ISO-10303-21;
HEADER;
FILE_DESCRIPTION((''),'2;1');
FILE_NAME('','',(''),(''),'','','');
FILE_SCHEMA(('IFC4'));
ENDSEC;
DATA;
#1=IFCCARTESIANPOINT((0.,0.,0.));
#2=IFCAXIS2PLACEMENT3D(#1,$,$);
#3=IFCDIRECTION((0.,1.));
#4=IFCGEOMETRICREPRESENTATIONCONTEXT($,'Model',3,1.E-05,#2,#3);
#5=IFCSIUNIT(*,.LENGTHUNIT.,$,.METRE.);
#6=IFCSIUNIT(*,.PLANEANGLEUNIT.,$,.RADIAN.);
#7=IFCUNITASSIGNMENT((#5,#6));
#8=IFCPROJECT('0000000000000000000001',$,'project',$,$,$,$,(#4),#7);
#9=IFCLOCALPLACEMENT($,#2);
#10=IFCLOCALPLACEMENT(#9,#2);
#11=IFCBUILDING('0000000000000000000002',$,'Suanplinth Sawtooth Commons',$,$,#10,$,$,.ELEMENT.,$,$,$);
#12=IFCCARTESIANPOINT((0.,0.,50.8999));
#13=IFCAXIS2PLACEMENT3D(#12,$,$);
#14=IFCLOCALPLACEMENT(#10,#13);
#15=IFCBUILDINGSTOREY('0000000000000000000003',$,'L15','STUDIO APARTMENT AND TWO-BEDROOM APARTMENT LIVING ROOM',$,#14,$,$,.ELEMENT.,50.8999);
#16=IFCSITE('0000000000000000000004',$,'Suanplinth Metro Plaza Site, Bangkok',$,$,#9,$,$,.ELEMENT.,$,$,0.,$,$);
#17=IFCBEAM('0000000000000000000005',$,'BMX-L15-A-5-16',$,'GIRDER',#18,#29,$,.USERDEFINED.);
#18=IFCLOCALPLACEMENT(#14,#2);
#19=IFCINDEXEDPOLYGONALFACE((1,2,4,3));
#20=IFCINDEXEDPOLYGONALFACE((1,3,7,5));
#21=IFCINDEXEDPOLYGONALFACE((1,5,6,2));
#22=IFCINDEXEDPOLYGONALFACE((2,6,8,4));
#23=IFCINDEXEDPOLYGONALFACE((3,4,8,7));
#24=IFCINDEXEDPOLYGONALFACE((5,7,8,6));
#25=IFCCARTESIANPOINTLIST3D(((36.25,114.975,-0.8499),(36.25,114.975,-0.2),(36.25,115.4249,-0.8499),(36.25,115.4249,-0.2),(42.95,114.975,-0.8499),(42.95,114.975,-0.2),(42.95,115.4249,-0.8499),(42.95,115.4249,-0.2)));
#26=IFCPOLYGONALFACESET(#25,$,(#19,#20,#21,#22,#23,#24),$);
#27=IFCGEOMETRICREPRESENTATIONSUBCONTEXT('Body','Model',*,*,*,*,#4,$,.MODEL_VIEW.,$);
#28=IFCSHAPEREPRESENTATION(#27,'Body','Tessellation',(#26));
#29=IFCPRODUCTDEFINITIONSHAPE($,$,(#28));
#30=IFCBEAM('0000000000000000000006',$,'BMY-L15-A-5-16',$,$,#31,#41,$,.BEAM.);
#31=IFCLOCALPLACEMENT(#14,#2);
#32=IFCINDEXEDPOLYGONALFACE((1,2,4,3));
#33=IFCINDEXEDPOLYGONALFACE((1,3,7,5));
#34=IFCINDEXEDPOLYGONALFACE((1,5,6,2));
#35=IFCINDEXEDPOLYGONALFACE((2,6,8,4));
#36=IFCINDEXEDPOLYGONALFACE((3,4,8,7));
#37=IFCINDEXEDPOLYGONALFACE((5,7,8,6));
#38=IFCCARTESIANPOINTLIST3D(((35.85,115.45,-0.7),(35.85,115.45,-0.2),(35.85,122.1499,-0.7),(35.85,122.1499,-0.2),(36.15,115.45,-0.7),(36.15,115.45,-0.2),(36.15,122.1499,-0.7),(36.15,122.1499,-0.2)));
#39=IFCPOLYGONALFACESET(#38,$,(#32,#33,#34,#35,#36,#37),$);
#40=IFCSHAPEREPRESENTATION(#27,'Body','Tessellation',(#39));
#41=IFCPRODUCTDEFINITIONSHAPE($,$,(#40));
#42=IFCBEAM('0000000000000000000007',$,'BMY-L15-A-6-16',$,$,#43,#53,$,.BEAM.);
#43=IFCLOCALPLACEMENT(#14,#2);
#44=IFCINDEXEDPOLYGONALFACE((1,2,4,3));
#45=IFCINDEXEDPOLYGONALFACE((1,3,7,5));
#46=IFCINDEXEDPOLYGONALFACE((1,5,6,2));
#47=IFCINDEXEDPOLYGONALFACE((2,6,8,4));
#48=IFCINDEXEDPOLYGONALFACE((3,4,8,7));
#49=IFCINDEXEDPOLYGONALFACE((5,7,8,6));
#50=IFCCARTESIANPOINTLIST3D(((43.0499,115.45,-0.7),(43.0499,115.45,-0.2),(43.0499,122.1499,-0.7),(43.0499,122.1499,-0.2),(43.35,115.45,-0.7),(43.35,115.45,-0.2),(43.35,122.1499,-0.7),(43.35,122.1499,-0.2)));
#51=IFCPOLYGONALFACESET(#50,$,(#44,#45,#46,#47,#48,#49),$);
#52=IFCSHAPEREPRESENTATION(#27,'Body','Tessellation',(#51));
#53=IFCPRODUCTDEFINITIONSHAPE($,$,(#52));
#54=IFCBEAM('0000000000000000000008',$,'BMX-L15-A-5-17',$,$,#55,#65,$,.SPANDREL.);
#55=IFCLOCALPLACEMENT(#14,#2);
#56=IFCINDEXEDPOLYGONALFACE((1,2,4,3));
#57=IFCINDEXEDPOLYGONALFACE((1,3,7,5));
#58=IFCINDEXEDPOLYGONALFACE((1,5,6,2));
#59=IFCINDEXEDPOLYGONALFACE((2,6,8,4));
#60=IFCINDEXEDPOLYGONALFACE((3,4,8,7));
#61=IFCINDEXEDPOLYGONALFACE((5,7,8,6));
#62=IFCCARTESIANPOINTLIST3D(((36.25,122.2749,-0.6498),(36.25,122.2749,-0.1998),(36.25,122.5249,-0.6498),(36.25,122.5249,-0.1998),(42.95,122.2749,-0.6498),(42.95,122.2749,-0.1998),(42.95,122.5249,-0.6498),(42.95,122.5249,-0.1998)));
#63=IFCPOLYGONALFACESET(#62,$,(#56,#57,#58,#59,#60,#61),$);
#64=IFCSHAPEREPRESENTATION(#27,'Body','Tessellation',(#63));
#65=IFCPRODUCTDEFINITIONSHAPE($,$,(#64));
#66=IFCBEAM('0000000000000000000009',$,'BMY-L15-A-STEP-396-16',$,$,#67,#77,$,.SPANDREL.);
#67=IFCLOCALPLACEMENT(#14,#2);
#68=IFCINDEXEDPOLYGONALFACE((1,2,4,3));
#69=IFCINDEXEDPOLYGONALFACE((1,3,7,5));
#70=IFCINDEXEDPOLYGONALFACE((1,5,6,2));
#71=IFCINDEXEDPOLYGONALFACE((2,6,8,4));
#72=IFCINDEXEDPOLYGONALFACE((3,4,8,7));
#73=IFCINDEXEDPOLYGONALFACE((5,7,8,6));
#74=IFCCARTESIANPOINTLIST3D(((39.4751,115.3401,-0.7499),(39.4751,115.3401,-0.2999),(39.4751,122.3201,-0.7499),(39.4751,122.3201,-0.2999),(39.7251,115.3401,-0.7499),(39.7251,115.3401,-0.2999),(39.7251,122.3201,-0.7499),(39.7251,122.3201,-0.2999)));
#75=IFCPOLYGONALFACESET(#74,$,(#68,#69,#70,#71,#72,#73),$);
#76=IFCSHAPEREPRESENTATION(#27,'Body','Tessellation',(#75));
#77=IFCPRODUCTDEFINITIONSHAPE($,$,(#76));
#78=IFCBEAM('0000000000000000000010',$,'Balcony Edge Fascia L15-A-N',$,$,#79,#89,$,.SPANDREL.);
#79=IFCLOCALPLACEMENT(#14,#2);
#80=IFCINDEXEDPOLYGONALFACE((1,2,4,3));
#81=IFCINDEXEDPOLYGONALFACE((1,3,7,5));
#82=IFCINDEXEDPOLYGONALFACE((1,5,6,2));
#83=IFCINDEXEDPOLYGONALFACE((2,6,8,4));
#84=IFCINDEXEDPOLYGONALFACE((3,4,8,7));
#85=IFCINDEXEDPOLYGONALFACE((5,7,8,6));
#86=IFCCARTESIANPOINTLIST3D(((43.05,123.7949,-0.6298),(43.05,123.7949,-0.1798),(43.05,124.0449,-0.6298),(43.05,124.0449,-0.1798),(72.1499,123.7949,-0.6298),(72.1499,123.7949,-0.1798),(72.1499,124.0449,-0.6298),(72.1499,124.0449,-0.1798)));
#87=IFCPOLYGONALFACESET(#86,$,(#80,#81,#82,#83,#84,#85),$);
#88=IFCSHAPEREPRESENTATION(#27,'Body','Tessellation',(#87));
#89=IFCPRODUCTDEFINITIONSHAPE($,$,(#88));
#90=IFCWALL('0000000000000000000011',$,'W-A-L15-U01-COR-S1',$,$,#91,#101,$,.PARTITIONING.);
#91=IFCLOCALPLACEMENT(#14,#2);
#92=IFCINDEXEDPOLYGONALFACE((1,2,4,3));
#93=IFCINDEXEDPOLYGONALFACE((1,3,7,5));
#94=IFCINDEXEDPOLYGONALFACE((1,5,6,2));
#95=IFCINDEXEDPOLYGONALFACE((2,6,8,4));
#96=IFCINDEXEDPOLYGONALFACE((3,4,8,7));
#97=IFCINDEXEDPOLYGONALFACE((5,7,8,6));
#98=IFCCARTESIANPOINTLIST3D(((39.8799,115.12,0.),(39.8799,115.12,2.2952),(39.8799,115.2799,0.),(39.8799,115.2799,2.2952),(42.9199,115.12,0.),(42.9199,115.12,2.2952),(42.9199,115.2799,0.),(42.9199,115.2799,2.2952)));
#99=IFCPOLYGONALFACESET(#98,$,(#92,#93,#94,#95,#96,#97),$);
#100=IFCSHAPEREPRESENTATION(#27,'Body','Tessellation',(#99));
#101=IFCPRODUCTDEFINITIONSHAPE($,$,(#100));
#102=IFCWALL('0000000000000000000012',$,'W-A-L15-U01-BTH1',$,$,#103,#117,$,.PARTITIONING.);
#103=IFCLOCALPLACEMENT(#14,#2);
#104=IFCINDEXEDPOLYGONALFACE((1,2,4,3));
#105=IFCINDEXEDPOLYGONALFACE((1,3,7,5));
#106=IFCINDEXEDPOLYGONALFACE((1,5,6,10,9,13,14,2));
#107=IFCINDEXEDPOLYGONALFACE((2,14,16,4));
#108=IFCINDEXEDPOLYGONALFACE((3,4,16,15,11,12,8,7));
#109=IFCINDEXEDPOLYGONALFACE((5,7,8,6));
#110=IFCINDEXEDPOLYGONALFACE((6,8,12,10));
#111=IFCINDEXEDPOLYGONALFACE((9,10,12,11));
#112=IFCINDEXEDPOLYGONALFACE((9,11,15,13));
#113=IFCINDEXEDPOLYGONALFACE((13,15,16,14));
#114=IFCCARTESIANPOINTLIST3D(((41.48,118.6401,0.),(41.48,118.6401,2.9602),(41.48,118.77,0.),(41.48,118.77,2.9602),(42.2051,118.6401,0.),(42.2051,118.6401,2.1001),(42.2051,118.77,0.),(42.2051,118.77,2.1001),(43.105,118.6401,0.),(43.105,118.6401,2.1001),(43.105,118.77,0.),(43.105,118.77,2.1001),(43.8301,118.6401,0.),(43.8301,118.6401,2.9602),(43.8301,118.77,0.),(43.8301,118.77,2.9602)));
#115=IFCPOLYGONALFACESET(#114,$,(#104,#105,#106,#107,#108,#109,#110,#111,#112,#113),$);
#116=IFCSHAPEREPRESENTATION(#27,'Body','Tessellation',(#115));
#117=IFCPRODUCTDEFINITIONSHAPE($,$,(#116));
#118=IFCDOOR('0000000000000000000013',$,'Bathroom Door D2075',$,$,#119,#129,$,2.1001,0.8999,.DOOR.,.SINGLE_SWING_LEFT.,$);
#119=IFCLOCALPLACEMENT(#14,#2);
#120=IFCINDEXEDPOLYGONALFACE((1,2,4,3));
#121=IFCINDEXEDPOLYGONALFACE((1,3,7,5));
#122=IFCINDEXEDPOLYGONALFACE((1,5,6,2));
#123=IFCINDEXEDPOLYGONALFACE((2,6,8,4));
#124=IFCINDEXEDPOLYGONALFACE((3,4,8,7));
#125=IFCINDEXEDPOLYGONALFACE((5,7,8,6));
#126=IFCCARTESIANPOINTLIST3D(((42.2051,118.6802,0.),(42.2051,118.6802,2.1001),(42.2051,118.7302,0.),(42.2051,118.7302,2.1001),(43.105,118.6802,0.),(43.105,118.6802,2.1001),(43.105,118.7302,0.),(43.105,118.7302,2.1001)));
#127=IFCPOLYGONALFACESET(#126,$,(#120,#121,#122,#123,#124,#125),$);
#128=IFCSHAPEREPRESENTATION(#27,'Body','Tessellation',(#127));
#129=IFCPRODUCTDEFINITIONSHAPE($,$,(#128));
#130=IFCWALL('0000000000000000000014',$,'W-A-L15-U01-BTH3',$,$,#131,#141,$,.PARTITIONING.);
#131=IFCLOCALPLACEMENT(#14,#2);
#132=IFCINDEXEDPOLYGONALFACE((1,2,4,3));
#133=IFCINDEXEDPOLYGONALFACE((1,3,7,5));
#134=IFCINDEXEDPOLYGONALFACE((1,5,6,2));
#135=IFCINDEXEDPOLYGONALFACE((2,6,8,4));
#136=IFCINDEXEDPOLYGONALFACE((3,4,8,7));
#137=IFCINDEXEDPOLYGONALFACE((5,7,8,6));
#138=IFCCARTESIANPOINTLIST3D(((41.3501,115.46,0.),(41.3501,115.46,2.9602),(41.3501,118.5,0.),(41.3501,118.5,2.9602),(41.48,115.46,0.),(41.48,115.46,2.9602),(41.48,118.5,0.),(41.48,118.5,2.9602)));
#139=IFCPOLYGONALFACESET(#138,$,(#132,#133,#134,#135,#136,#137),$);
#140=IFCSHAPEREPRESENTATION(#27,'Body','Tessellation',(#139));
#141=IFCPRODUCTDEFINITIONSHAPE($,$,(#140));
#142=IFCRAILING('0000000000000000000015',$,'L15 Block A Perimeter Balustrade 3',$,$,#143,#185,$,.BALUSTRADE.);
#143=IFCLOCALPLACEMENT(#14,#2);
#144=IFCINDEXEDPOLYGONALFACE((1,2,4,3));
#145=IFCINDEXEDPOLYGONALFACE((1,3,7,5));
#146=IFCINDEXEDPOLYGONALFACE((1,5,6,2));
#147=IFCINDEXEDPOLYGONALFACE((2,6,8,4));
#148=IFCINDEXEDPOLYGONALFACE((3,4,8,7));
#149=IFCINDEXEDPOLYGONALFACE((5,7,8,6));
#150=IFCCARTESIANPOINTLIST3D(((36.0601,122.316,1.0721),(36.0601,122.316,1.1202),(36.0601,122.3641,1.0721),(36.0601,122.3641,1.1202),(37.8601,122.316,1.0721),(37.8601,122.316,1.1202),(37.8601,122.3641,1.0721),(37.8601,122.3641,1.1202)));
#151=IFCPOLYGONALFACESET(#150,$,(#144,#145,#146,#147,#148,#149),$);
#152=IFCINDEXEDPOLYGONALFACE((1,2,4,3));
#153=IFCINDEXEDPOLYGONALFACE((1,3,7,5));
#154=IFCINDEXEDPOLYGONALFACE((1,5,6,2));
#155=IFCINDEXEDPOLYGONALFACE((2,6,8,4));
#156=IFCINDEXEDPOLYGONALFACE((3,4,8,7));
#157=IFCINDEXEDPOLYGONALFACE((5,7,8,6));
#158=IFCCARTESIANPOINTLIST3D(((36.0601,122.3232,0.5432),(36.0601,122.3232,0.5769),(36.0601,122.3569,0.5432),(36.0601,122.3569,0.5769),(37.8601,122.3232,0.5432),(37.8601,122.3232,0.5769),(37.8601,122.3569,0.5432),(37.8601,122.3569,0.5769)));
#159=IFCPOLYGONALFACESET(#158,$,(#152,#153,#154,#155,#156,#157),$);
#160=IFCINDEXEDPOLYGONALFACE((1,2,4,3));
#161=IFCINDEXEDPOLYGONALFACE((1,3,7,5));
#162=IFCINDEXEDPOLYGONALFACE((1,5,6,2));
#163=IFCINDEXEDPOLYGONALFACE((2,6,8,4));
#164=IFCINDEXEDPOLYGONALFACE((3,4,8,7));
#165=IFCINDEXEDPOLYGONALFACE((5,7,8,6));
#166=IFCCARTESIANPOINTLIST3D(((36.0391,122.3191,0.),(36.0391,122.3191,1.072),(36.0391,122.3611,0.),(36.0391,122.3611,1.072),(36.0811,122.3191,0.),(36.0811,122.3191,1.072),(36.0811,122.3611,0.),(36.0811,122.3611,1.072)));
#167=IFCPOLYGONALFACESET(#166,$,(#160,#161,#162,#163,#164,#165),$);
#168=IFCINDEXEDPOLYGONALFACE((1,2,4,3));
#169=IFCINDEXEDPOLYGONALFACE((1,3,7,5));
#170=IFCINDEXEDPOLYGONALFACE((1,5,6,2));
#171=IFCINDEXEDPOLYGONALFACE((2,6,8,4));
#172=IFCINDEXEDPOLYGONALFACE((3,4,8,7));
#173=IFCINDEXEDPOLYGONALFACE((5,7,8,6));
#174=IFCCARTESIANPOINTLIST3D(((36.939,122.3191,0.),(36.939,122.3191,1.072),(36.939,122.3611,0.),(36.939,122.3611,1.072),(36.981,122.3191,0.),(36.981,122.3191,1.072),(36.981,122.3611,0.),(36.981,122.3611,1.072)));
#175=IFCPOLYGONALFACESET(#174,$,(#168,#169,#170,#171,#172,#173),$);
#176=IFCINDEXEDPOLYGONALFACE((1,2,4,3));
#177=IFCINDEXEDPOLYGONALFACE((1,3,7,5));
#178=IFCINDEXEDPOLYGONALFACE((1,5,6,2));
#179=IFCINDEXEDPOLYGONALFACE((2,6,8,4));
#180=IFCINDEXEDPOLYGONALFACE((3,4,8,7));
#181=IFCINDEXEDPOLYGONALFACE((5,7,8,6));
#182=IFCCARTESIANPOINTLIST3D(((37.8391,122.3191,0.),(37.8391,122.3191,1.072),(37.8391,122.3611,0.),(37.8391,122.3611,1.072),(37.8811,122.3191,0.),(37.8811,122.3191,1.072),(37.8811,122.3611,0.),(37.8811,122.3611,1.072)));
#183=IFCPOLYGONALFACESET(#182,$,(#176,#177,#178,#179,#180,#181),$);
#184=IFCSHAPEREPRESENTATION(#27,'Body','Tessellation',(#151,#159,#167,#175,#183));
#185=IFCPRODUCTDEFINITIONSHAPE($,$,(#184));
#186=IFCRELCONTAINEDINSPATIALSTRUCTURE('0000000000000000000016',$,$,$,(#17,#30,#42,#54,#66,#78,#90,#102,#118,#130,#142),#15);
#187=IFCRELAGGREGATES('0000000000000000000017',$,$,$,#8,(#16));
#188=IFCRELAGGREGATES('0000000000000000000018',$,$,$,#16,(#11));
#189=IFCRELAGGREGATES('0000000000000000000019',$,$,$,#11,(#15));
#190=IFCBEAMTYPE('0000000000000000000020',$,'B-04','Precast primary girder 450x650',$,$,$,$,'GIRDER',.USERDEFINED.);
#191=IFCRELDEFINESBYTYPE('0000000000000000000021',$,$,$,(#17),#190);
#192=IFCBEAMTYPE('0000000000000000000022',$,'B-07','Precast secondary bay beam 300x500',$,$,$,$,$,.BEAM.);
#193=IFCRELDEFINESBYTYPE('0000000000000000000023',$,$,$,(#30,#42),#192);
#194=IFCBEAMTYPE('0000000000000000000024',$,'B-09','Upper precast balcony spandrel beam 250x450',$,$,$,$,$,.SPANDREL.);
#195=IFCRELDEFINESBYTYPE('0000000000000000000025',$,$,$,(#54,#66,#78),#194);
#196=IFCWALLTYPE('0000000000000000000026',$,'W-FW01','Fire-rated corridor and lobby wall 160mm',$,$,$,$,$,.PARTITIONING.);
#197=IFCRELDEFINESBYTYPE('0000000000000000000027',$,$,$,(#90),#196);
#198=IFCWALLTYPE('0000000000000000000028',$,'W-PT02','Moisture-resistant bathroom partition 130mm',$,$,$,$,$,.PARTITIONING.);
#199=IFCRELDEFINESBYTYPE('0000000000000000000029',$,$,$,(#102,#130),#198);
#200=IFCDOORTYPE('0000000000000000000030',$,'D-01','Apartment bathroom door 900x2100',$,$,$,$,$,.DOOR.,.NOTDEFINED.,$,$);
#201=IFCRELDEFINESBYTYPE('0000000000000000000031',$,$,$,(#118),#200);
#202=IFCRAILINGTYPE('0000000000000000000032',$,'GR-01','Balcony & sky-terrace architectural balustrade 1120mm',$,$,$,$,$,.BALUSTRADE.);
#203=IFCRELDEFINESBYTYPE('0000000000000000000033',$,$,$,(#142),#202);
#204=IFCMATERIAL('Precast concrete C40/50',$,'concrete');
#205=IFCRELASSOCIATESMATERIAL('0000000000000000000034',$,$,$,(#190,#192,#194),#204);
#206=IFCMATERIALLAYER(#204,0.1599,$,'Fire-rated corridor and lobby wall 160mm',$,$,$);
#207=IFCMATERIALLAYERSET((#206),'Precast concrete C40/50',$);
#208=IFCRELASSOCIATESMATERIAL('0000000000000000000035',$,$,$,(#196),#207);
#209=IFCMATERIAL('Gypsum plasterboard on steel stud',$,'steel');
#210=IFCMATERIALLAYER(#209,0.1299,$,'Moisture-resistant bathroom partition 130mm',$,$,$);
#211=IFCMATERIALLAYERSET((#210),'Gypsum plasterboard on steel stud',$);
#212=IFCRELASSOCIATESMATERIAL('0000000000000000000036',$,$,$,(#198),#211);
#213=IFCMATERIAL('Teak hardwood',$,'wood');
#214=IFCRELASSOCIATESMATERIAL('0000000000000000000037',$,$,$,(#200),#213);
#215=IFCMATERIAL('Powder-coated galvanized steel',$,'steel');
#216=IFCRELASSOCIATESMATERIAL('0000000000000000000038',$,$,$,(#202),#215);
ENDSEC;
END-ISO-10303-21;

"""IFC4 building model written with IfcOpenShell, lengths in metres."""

from ifc_helpers import new_model, si_unit, direction, frame, frame_2d, origin, origin_2d, place, context, subcontext, project, spatial, rectangle, extrude, material, layer, layer_set, material_profile, profile_set, type_object, element, fill, save


model = new_model("IFC4")

# Units and contexts
model_context = context("Model", 3, precision=1e-05, world=origin(), true_north=direction((0.0, 1.0)))
body_context = subcontext(model_context, "Body", "Model", "MODEL_VIEW")
ifc_project = project(units=[si_unit("LENGTHUNIT", "METRE"), si_unit("PLANEANGLEUNIT", "RADIAN")], contexts=[model_context])

# Site, building, storey
site_placement = place(None, origin())
site = spatial("IfcSite", under=ifc_project, at=site_placement, Name="Suanplinth Metro Plaza Site, Bangkok", CompositionType="ELEMENT", RefElevation=0.0)
building_placement = place(site_placement, origin())
building = spatial("IfcBuilding", under=site, at=building_placement, Name="Suanplinth Sawtooth Commons", CompositionType="ELEMENT")
storey_placement = place(building_placement, frame((0.0, 0.0, 50.8999)))
storey = spatial("IfcBuildingStorey", under=building, at=storey_placement, Name="L15", Description="STUDIO APARTMENT AND TWO-BEDROOM APARTMENT LIVING ROOM", CompositionType="ELEMENT", Elevation=50.8999)

# Beams
ifc_material_1 = material(Name="Precast concrete C40/50", Category="concrete")
ifc_material_profile_1 = material_profile(ifc_material_1, rectangle(XDim=0.45, YDim=0.6499, at=origin_2d()), Name="PC-GDR 450x650")
ifc_profile_set_1 = profile_set([ifc_material_profile_1], Name="Precast concrete C40/50")
beam_type_1 = type_object("IfcBeamType", Name="B-04", Description="Precast primary girder 450x650", ElementType="GIRDER", PredefinedType="USERDEFINED", material=ifc_profile_set_1)
beam_1_placement = place(storey_placement, frame((36.25, 115.2, -0.5249), z_axis=(1.0, 0.0, 0.0), x_axis=(0.0, 1.0, 0.0)))
element("IfcBeam", 1, at=beam_1_placement, inside=storey, type_object=beam_type_1, Name="BMX-L15-A-5-16", ObjectType="GIRDER", PredefinedType="USERDEFINED", context=body_context, shape_type="SweptSolid", body=[
    extrude(rectangle(XDim=0.45, YDim=0.6499, at=origin_2d()), origin(), (0.0, 0.0, 1.0), 6.7),
])
ifc_material_profile_2 = material_profile(ifc_material_1, rectangle(XDim=0.3, YDim=0.5, at=origin_2d()), Name="PC-BM 300x500")
ifc_profile_set_2 = profile_set([ifc_material_profile_2], Name="Precast concrete C40/50")
beam_type_2 = type_object("IfcBeamType", Name="B-07", Description="Precast secondary bay beam 300x500", PredefinedType="BEAM", material=ifc_profile_set_2)
for number, where, z_axis, x_axis, name in (
    (2, (36.0, 115.45, -0.45), (0.0, 1.0, 0.0), (-1.0, 0.0, 0.0), "BMY-L15-A-5-16"),
    (3, (43.2, 115.45, -0.45), (0.0, 1.0, 0.0), (-1.0, 0.0, 0.0), "BMY-L15-A-6-16"),
):
    element("IfcBeam", number, at=place(storey_placement, frame(where, z_axis=z_axis, x_axis=x_axis)), inside=storey, type_object=beam_type_2, Name=name, PredefinedType="BEAM", context=body_context, shape_type="SweptSolid", body=[
        extrude(rectangle(XDim=0.3, YDim=0.5, at=origin_2d()), origin(), (0.0, 0.0, 1.0), 6.7),
    ])
ifc_material_profile_3 = material_profile(ifc_material_1, rectangle(XDim=0.25, YDim=0.45, at=origin_2d()), Name="PC-SP 250x450")
ifc_profile_set_3 = profile_set([ifc_material_profile_3], Name="Precast concrete C40/50")
beam_type_3 = type_object("IfcBeamType", Name="B-09", Description="Upper precast balcony spandrel beam 250x450", PredefinedType="SPANDREL", material=ifc_profile_set_3)
beam_2_placement = place(storey_placement, frame((36.25, 122.3999, -0.4248), z_axis=(1.0, 0.0, 0.0), x_axis=(0.0, 1.0, 0.0)))
element("IfcBeam", 4, at=beam_2_placement, inside=storey, type_object=beam_type_3, Name="BMX-L15-A-5-17", PredefinedType="SPANDREL", context=body_context, shape_type="SweptSolid", body=[
    extrude(rectangle(XDim=0.25, YDim=0.45, at=origin_2d()), origin(), (0.0, 0.0, 1.0), 6.7),
])
beam_3_placement = place(storey_placement, frame((39.6001, 115.3401, -0.5249), z_axis=(0.0, 1.0, 0.0), x_axis=(-1.0, 0.0, 0.0)))
element("IfcBeam", 5, at=beam_3_placement, inside=storey, type_object=beam_type_3, Name="BMY-L15-A-STEP-396-16", PredefinedType="SPANDREL", context=body_context, shape_type="SweptSolid", body=[
    extrude(rectangle(XDim=0.25, YDim=0.45, at=origin_2d()), origin(), (0.0, 0.0, 1.0), 6.98),
])
beam_4_placement = place(storey_placement, frame((43.05, 123.9199, -0.4048), z_axis=(1.0, 0.0, 0.0), x_axis=(0.0, 1.0, 0.0)))
element("IfcBeam", 6, at=beam_4_placement, inside=storey, type_object=beam_type_3, Name="Balcony Edge Fascia L15-A-N", PredefinedType="SPANDREL", context=body_context, shape_type="SweptSolid", body=[
    extrude(rectangle(XDim=0.25, YDim=0.45, at=origin_2d()), origin(), (0.0, 0.0, 1.0), 29.0999),
])

# Wall
ifc_layer_1 = layer(ifc_material_1, 0.1599, Name="Fire-rated corridor and lobby wall 160mm")
ifc_layer_set_1 = layer_set([ifc_layer_1], Name="Precast concrete C40/50")
wall_type_1 = type_object("IfcWallType", Name="W-FW01", Description="Fire-rated corridor and lobby wall 160mm", PredefinedType="PARTITIONING", material=ifc_layer_set_1)
wall_1_placement = place(storey_placement, frame((39.8799, 115.2, 0.0), z_axis=(0.0, 0.0, 1.0), x_axis=(1.0, 0.0, 0.0)))
element("IfcWall", 7, at=wall_1_placement, inside=storey, type_object=wall_type_1, Name="W-A-L15-U01-COR-S1", PredefinedType="PARTITIONING", context=body_context, shape_type="SweptSolid", body=[
    extrude(rectangle(XDim=3.04, YDim=0.1599, at=frame_2d((1.52, 0.0))), origin(), (0.0, 0.0, 1.0), 2.2952),
])

# Wall, opening, door
ifc_material_2 = material(Name="Gypsum plasterboard on steel stud", Category="steel")
ifc_layer_2 = layer(ifc_material_2, 0.1299, Name="Moisture-resistant bathroom partition 130mm")
ifc_layer_set_2 = layer_set([ifc_layer_2], Name="Gypsum plasterboard on steel stud")
wall_type_2 = type_object("IfcWallType", Name="W-PT02", Description="Moisture-resistant bathroom partition 130mm", PredefinedType="PARTITIONING", material=ifc_layer_set_2)
wall_2_placement = place(storey_placement, frame((41.48, 118.7051, 0.0), z_axis=(0.0, 0.0, 1.0), x_axis=(1.0, 0.0, 0.0)))
wall_2 = element("IfcWall", 8, at=wall_2_placement, inside=storey, type_object=wall_type_2, Name="W-A-L15-U01-BTH1", PredefinedType="PARTITIONING", context=body_context, shape_type="SweptSolid", body=[
    extrude(rectangle(XDim=2.3501, YDim=0.1299, at=frame_2d((1.175, 0.0))), origin(), (0.0, 0.0, 1.0), 2.9602),
])
opening_1_placement = place(wall_2_placement, frame((0.7251, 0.0, 0.0)))
opening_1 = element("IfcOpeningElement", 9, at=opening_1_placement, cuts=wall_2, PredefinedType="OPENING", context=body_context, shape_type="SweptSolid", body=[
    extrude(rectangle(XDim=0.8999, YDim=2.1001, at=frame_2d((0.45, 1.05))), frame((0.0, 0.0798, 0.0), z_axis=(0.0, -1.0, 0.0), x_axis=(1.0, 0.0, 0.0)), (0.0, 0.0, 1.0), 0.1597),
])
ifc_material_3 = material(Name="Teak hardwood", Category="wood")
door_type_1 = type_object("IfcDoorType", Name="D-01", Description="Apartment bathroom door 900x2100", OperationType="NOTDEFINED", PredefinedType="DOOR", material=ifc_material_3)
door_1_placement = place(opening_1_placement, frame((0.8999, 0.0, 0.0), z_axis=(0.0, 0.0, 1.0), x_axis=(-1.0, 0.0, 0.0)))
door_1 = element("IfcDoor", 10, at=door_1_placement, inside=storey, type_object=door_type_1, Name="Bathroom Door D2075", OperationType="SINGLE_SWING_LEFT", OverallHeight=2.1001, OverallWidth=0.8999, PredefinedType="DOOR", context=body_context, shape_type="SweptSolid", body=[
    extrude(rectangle(XDim=0.8999, YDim=2.1001, at=frame_2d((0.45, 1.05))), frame((0.0, 0.0249, 0.0), z_axis=(0.0, -1.0, 0.0), x_axis=(1.0, 0.0, 0.0)), (0.0, 0.0, 1.0), 0.05),
])
fill(opening_1, door_1)

# Wall
wall_3_placement = place(storey_placement, frame((41.415, 115.46, 0.0), z_axis=(0.0, 0.0, 1.0), x_axis=(0.0, 1.0, 0.0)))
element("IfcWall", 11, at=wall_3_placement, inside=storey, type_object=wall_type_2, Name="W-A-L15-U01-BTH3", PredefinedType="PARTITIONING", context=body_context, shape_type="SweptSolid", body=[
    extrude(rectangle(XDim=3.04, YDim=0.1299, at=frame_2d((1.52, 0.0))), origin(), (0.0, 0.0, 1.0), 2.9602),
])

# Railing
ifc_material_4 = material(Name="Powder-coated galvanized steel", Category="steel")
railing_type = type_object("IfcRailingType", Name="GR-01", Description="Balcony & sky-terrace architectural balustrade 1120mm", PredefinedType="BALUSTRADE", material=ifc_material_4)
railing_1_placement = place(storey_placement, frame((36.0601, 122.3401, 0.0)))
element("IfcRailing", 12, at=railing_1_placement, inside=storey, type_object=railing_type, Name="L15 Block A Perimeter Balustrade 3", PredefinedType="BALUSTRADE", context=body_context, shape_type="SweptSolid", body=[
    extrude(rectangle(XDim=0.0481, YDim=0.0481, at=origin_2d()), frame((0.0, 0.0, 1.0962), z_axis=(1.0, 0.0, 0.0), x_axis=(0.0, 1.0, 0.0)), (0.0, 0.0, 1.0), 1.8),
    extrude(rectangle(XDim=0.0337, YDim=0.0337, at=origin_2d()), frame((0.0, 0.0, 0.5601), z_axis=(1.0, 0.0, 0.0), x_axis=(0.0, 1.0, 0.0)), (0.0, 0.0, 1.0), 1.8),
    extrude(rectangle(XDim=0.042, YDim=0.042, at=origin_2d()), origin(), (0.0, 0.0, 1.0), 1.072),
    extrude(rectangle(XDim=0.042, YDim=0.042, at=origin_2d()), frame((0.8999, 0.0, 0.0)), (0.0, 0.0, 1.0), 1.072),
    extrude(rectangle(XDim=0.042, YDim=0.042, at=origin_2d()), frame((1.8, 0.0, 0.0)), (0.0, 0.0, 1.0), 1.072),
])

save(model, "model.ifc")
